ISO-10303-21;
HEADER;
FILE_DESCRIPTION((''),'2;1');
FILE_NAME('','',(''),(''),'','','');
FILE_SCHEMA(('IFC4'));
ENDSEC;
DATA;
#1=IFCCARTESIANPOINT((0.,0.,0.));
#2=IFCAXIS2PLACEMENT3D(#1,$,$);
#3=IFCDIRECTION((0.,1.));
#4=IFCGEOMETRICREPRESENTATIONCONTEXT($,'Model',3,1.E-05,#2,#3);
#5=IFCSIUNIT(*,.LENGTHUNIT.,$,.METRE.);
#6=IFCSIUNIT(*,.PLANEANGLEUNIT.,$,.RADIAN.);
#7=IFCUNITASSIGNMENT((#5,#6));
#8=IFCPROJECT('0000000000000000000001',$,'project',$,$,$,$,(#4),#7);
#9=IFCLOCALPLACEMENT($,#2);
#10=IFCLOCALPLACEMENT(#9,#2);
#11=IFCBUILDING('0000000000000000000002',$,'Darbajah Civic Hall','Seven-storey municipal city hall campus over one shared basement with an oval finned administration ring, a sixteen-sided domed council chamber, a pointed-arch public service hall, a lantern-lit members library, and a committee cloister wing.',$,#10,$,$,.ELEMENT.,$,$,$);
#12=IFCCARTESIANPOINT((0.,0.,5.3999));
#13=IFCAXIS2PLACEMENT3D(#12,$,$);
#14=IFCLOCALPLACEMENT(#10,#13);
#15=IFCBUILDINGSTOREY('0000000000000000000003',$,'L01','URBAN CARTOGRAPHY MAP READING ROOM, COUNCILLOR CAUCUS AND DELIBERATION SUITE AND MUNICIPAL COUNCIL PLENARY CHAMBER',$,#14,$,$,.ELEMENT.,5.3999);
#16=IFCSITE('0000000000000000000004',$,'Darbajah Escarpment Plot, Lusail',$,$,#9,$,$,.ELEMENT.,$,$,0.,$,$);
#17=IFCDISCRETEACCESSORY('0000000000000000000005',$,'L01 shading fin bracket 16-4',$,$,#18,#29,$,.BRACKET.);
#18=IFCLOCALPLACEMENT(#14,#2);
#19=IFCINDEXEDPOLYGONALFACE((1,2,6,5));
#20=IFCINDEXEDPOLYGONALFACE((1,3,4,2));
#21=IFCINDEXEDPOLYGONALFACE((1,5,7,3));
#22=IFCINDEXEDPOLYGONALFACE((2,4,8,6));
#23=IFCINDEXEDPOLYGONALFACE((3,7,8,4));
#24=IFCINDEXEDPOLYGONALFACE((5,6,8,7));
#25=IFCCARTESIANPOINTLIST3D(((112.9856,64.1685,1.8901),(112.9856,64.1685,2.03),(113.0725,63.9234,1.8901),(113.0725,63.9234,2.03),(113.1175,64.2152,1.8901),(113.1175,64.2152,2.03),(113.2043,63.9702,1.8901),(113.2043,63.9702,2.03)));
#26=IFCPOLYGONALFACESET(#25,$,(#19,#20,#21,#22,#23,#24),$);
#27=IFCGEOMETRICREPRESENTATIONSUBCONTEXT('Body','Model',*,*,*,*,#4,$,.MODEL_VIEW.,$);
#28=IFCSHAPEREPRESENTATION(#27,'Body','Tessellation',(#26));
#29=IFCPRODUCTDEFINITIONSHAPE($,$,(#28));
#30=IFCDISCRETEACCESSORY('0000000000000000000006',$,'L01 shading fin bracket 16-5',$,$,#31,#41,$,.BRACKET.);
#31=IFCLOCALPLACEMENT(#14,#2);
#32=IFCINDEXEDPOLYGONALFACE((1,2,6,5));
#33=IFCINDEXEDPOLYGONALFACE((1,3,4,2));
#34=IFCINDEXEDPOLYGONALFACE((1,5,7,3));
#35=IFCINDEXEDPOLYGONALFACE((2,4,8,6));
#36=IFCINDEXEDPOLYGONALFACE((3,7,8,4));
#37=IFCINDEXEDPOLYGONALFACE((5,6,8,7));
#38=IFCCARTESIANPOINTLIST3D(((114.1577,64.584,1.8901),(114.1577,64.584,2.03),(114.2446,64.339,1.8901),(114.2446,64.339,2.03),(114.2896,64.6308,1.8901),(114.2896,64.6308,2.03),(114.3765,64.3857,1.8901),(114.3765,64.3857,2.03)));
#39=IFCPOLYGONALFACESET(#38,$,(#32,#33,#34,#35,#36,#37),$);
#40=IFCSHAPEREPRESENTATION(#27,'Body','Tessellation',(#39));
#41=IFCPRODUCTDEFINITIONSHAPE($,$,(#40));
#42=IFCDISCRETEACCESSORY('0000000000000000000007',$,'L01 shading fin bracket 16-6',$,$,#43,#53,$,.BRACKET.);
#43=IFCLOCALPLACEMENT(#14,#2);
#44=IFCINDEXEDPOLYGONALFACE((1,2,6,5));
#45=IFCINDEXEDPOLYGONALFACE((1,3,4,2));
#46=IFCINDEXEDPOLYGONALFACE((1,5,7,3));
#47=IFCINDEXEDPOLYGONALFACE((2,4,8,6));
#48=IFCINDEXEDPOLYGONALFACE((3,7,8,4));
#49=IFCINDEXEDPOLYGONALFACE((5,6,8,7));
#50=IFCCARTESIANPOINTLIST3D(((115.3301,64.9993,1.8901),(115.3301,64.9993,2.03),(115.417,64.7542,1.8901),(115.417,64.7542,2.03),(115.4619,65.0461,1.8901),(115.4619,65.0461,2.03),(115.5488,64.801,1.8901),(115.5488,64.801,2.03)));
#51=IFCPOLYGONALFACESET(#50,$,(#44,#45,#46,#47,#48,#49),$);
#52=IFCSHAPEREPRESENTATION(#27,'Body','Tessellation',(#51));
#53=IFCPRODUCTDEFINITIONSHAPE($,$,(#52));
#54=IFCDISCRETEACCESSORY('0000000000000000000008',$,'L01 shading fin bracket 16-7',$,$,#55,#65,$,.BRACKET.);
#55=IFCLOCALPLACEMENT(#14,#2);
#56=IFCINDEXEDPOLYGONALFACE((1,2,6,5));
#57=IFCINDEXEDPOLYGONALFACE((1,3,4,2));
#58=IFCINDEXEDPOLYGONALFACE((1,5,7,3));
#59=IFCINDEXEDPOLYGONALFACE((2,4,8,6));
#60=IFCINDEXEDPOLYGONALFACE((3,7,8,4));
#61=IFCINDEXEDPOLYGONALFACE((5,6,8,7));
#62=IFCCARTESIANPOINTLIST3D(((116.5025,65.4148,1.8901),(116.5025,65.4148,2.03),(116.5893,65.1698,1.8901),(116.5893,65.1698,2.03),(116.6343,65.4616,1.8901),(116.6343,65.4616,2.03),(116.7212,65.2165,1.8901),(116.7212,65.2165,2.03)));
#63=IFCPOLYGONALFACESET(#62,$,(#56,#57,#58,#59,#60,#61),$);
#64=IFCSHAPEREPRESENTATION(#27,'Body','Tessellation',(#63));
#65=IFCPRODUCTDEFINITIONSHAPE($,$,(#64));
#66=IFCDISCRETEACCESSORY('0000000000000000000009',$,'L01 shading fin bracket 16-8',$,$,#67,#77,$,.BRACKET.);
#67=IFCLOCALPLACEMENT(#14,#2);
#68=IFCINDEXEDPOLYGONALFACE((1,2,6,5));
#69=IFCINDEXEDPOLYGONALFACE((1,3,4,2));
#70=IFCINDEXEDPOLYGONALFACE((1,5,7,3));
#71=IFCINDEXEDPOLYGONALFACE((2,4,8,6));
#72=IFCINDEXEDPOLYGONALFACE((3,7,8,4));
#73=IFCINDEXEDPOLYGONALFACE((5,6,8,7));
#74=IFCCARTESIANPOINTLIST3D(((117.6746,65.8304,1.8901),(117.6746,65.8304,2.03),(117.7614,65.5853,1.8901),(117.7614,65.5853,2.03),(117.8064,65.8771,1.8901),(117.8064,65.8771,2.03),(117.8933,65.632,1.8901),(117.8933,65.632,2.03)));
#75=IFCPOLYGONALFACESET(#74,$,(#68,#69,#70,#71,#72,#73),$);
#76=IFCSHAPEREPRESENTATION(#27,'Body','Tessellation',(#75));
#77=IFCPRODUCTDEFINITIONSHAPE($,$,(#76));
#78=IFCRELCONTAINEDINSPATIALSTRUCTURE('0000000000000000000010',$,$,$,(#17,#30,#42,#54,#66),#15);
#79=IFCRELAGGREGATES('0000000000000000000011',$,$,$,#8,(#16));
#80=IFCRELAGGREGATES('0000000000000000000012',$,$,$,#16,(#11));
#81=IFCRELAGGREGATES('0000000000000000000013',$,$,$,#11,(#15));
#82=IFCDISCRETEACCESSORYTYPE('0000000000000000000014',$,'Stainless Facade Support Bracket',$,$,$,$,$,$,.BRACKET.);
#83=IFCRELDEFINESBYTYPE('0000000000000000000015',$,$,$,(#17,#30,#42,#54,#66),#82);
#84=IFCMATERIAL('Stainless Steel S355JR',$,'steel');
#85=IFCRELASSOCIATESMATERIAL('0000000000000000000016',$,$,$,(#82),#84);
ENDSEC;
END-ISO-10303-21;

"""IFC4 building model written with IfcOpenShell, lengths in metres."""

from ifc_helpers import new_model, si_unit, direction, frame, origin, origin_2d, place, context, subcontext, project, spatial, rectangle, extrude, material, type_object, element, save


model = new_model("IFC4")

# Units and contexts
model_context = context("Model", 3, precision=1e-05, world=origin(), true_north=direction((0.0, 1.0)))
body_context = subcontext(model_context, "Body", "Model", "MODEL_VIEW")
ifc_project = project(units=[si_unit("LENGTHUNIT", "METRE"), si_unit("PLANEANGLEUNIT", "RADIAN")], contexts=[model_context])

# Site, building, storey
site_placement = place(None, origin())
site = spatial("IfcSite", under=ifc_project, at=site_placement, Name="Darbajah Escarpment Plot, Lusail", CompositionType="ELEMENT", RefElevation=0.0)
building_placement = place(site_placement, origin())
building = spatial("IfcBuilding", under=site, at=building_placement, Name="Darbajah Civic Hall", Description="Seven-storey municipal city hall campus over one shared basement with an oval finned administration ring, a sixteen-sided domed council chamber, a pointed-arch public service hall, a lantern-lit members library, and a committee cloister wing.", CompositionType="ELEMENT")
storey_placement = place(building_placement, frame((0.0, 0.0, 5.3999)))
storey = spatial("IfcBuildingStorey", under=building, at=storey_placement, Name="L01", Description="URBAN CARTOGRAPHY MAP READING ROOM, COUNCILLOR CAUCUS AND DELIBERATION SUITE AND MUNICIPAL COUNCIL PLENARY CHAMBER", CompositionType="ELEMENT", Elevation=5.3999)

# Discrete accessories
ifc_material_1 = material(Name="Stainless Steel S355JR", Category="steel")
discrete_accessory_type = type_object("IfcDiscreteAccessoryType", Name="Stainless Facade Support Bracket", PredefinedType="BRACKET", material=ifc_material_1)
for number, where, z_axis, x_axis, name in (
    (1, (113.095, 64.0693, 1.8901), (0.0, 0.0, 1.0), (0.334136, -0.942525, 0.0), "L01 shading fin bracket 16-4"),
    (2, (114.2671, 64.4849, 1.8901), (0.0, 0.0, 1.0), (0.334136, -0.942525, 0.0), "L01 shading fin bracket 16-5"),
    (3, (115.4395, 64.9001, 1.8901), (0.0, 0.0, 1.0), (0.334136, -0.942525, 0.0), "L01 shading fin bracket 16-6"),
    (4, (116.6118, 65.3157, 1.8901), (0.0, 0.0, 1.0), (0.334136, -0.942525, 0.0), "L01 shading fin bracket 16-7"),
    (5, (117.7839, 65.7312, 1.8901), (0.0, 0.0, 1.0), (0.334136, -0.942525, 0.0), "L01 shading fin bracket 16-8"),
):
    element("IfcDiscreteAccessory", number, at=place(storey_placement, frame(where, z_axis=z_axis, x_axis=x_axis)), inside=storey, type_object=discrete_accessory_type, Name=name, PredefinedType="BRACKET", context=body_context, shape_type="SweptSolid", body=[
        extrude(rectangle(XDim=0.26, YDim=0.1399, at=origin_2d()), origin(), (0.0, 0.0, 1.0), 0.1399),
    ])

save(model, "model.ifc")
